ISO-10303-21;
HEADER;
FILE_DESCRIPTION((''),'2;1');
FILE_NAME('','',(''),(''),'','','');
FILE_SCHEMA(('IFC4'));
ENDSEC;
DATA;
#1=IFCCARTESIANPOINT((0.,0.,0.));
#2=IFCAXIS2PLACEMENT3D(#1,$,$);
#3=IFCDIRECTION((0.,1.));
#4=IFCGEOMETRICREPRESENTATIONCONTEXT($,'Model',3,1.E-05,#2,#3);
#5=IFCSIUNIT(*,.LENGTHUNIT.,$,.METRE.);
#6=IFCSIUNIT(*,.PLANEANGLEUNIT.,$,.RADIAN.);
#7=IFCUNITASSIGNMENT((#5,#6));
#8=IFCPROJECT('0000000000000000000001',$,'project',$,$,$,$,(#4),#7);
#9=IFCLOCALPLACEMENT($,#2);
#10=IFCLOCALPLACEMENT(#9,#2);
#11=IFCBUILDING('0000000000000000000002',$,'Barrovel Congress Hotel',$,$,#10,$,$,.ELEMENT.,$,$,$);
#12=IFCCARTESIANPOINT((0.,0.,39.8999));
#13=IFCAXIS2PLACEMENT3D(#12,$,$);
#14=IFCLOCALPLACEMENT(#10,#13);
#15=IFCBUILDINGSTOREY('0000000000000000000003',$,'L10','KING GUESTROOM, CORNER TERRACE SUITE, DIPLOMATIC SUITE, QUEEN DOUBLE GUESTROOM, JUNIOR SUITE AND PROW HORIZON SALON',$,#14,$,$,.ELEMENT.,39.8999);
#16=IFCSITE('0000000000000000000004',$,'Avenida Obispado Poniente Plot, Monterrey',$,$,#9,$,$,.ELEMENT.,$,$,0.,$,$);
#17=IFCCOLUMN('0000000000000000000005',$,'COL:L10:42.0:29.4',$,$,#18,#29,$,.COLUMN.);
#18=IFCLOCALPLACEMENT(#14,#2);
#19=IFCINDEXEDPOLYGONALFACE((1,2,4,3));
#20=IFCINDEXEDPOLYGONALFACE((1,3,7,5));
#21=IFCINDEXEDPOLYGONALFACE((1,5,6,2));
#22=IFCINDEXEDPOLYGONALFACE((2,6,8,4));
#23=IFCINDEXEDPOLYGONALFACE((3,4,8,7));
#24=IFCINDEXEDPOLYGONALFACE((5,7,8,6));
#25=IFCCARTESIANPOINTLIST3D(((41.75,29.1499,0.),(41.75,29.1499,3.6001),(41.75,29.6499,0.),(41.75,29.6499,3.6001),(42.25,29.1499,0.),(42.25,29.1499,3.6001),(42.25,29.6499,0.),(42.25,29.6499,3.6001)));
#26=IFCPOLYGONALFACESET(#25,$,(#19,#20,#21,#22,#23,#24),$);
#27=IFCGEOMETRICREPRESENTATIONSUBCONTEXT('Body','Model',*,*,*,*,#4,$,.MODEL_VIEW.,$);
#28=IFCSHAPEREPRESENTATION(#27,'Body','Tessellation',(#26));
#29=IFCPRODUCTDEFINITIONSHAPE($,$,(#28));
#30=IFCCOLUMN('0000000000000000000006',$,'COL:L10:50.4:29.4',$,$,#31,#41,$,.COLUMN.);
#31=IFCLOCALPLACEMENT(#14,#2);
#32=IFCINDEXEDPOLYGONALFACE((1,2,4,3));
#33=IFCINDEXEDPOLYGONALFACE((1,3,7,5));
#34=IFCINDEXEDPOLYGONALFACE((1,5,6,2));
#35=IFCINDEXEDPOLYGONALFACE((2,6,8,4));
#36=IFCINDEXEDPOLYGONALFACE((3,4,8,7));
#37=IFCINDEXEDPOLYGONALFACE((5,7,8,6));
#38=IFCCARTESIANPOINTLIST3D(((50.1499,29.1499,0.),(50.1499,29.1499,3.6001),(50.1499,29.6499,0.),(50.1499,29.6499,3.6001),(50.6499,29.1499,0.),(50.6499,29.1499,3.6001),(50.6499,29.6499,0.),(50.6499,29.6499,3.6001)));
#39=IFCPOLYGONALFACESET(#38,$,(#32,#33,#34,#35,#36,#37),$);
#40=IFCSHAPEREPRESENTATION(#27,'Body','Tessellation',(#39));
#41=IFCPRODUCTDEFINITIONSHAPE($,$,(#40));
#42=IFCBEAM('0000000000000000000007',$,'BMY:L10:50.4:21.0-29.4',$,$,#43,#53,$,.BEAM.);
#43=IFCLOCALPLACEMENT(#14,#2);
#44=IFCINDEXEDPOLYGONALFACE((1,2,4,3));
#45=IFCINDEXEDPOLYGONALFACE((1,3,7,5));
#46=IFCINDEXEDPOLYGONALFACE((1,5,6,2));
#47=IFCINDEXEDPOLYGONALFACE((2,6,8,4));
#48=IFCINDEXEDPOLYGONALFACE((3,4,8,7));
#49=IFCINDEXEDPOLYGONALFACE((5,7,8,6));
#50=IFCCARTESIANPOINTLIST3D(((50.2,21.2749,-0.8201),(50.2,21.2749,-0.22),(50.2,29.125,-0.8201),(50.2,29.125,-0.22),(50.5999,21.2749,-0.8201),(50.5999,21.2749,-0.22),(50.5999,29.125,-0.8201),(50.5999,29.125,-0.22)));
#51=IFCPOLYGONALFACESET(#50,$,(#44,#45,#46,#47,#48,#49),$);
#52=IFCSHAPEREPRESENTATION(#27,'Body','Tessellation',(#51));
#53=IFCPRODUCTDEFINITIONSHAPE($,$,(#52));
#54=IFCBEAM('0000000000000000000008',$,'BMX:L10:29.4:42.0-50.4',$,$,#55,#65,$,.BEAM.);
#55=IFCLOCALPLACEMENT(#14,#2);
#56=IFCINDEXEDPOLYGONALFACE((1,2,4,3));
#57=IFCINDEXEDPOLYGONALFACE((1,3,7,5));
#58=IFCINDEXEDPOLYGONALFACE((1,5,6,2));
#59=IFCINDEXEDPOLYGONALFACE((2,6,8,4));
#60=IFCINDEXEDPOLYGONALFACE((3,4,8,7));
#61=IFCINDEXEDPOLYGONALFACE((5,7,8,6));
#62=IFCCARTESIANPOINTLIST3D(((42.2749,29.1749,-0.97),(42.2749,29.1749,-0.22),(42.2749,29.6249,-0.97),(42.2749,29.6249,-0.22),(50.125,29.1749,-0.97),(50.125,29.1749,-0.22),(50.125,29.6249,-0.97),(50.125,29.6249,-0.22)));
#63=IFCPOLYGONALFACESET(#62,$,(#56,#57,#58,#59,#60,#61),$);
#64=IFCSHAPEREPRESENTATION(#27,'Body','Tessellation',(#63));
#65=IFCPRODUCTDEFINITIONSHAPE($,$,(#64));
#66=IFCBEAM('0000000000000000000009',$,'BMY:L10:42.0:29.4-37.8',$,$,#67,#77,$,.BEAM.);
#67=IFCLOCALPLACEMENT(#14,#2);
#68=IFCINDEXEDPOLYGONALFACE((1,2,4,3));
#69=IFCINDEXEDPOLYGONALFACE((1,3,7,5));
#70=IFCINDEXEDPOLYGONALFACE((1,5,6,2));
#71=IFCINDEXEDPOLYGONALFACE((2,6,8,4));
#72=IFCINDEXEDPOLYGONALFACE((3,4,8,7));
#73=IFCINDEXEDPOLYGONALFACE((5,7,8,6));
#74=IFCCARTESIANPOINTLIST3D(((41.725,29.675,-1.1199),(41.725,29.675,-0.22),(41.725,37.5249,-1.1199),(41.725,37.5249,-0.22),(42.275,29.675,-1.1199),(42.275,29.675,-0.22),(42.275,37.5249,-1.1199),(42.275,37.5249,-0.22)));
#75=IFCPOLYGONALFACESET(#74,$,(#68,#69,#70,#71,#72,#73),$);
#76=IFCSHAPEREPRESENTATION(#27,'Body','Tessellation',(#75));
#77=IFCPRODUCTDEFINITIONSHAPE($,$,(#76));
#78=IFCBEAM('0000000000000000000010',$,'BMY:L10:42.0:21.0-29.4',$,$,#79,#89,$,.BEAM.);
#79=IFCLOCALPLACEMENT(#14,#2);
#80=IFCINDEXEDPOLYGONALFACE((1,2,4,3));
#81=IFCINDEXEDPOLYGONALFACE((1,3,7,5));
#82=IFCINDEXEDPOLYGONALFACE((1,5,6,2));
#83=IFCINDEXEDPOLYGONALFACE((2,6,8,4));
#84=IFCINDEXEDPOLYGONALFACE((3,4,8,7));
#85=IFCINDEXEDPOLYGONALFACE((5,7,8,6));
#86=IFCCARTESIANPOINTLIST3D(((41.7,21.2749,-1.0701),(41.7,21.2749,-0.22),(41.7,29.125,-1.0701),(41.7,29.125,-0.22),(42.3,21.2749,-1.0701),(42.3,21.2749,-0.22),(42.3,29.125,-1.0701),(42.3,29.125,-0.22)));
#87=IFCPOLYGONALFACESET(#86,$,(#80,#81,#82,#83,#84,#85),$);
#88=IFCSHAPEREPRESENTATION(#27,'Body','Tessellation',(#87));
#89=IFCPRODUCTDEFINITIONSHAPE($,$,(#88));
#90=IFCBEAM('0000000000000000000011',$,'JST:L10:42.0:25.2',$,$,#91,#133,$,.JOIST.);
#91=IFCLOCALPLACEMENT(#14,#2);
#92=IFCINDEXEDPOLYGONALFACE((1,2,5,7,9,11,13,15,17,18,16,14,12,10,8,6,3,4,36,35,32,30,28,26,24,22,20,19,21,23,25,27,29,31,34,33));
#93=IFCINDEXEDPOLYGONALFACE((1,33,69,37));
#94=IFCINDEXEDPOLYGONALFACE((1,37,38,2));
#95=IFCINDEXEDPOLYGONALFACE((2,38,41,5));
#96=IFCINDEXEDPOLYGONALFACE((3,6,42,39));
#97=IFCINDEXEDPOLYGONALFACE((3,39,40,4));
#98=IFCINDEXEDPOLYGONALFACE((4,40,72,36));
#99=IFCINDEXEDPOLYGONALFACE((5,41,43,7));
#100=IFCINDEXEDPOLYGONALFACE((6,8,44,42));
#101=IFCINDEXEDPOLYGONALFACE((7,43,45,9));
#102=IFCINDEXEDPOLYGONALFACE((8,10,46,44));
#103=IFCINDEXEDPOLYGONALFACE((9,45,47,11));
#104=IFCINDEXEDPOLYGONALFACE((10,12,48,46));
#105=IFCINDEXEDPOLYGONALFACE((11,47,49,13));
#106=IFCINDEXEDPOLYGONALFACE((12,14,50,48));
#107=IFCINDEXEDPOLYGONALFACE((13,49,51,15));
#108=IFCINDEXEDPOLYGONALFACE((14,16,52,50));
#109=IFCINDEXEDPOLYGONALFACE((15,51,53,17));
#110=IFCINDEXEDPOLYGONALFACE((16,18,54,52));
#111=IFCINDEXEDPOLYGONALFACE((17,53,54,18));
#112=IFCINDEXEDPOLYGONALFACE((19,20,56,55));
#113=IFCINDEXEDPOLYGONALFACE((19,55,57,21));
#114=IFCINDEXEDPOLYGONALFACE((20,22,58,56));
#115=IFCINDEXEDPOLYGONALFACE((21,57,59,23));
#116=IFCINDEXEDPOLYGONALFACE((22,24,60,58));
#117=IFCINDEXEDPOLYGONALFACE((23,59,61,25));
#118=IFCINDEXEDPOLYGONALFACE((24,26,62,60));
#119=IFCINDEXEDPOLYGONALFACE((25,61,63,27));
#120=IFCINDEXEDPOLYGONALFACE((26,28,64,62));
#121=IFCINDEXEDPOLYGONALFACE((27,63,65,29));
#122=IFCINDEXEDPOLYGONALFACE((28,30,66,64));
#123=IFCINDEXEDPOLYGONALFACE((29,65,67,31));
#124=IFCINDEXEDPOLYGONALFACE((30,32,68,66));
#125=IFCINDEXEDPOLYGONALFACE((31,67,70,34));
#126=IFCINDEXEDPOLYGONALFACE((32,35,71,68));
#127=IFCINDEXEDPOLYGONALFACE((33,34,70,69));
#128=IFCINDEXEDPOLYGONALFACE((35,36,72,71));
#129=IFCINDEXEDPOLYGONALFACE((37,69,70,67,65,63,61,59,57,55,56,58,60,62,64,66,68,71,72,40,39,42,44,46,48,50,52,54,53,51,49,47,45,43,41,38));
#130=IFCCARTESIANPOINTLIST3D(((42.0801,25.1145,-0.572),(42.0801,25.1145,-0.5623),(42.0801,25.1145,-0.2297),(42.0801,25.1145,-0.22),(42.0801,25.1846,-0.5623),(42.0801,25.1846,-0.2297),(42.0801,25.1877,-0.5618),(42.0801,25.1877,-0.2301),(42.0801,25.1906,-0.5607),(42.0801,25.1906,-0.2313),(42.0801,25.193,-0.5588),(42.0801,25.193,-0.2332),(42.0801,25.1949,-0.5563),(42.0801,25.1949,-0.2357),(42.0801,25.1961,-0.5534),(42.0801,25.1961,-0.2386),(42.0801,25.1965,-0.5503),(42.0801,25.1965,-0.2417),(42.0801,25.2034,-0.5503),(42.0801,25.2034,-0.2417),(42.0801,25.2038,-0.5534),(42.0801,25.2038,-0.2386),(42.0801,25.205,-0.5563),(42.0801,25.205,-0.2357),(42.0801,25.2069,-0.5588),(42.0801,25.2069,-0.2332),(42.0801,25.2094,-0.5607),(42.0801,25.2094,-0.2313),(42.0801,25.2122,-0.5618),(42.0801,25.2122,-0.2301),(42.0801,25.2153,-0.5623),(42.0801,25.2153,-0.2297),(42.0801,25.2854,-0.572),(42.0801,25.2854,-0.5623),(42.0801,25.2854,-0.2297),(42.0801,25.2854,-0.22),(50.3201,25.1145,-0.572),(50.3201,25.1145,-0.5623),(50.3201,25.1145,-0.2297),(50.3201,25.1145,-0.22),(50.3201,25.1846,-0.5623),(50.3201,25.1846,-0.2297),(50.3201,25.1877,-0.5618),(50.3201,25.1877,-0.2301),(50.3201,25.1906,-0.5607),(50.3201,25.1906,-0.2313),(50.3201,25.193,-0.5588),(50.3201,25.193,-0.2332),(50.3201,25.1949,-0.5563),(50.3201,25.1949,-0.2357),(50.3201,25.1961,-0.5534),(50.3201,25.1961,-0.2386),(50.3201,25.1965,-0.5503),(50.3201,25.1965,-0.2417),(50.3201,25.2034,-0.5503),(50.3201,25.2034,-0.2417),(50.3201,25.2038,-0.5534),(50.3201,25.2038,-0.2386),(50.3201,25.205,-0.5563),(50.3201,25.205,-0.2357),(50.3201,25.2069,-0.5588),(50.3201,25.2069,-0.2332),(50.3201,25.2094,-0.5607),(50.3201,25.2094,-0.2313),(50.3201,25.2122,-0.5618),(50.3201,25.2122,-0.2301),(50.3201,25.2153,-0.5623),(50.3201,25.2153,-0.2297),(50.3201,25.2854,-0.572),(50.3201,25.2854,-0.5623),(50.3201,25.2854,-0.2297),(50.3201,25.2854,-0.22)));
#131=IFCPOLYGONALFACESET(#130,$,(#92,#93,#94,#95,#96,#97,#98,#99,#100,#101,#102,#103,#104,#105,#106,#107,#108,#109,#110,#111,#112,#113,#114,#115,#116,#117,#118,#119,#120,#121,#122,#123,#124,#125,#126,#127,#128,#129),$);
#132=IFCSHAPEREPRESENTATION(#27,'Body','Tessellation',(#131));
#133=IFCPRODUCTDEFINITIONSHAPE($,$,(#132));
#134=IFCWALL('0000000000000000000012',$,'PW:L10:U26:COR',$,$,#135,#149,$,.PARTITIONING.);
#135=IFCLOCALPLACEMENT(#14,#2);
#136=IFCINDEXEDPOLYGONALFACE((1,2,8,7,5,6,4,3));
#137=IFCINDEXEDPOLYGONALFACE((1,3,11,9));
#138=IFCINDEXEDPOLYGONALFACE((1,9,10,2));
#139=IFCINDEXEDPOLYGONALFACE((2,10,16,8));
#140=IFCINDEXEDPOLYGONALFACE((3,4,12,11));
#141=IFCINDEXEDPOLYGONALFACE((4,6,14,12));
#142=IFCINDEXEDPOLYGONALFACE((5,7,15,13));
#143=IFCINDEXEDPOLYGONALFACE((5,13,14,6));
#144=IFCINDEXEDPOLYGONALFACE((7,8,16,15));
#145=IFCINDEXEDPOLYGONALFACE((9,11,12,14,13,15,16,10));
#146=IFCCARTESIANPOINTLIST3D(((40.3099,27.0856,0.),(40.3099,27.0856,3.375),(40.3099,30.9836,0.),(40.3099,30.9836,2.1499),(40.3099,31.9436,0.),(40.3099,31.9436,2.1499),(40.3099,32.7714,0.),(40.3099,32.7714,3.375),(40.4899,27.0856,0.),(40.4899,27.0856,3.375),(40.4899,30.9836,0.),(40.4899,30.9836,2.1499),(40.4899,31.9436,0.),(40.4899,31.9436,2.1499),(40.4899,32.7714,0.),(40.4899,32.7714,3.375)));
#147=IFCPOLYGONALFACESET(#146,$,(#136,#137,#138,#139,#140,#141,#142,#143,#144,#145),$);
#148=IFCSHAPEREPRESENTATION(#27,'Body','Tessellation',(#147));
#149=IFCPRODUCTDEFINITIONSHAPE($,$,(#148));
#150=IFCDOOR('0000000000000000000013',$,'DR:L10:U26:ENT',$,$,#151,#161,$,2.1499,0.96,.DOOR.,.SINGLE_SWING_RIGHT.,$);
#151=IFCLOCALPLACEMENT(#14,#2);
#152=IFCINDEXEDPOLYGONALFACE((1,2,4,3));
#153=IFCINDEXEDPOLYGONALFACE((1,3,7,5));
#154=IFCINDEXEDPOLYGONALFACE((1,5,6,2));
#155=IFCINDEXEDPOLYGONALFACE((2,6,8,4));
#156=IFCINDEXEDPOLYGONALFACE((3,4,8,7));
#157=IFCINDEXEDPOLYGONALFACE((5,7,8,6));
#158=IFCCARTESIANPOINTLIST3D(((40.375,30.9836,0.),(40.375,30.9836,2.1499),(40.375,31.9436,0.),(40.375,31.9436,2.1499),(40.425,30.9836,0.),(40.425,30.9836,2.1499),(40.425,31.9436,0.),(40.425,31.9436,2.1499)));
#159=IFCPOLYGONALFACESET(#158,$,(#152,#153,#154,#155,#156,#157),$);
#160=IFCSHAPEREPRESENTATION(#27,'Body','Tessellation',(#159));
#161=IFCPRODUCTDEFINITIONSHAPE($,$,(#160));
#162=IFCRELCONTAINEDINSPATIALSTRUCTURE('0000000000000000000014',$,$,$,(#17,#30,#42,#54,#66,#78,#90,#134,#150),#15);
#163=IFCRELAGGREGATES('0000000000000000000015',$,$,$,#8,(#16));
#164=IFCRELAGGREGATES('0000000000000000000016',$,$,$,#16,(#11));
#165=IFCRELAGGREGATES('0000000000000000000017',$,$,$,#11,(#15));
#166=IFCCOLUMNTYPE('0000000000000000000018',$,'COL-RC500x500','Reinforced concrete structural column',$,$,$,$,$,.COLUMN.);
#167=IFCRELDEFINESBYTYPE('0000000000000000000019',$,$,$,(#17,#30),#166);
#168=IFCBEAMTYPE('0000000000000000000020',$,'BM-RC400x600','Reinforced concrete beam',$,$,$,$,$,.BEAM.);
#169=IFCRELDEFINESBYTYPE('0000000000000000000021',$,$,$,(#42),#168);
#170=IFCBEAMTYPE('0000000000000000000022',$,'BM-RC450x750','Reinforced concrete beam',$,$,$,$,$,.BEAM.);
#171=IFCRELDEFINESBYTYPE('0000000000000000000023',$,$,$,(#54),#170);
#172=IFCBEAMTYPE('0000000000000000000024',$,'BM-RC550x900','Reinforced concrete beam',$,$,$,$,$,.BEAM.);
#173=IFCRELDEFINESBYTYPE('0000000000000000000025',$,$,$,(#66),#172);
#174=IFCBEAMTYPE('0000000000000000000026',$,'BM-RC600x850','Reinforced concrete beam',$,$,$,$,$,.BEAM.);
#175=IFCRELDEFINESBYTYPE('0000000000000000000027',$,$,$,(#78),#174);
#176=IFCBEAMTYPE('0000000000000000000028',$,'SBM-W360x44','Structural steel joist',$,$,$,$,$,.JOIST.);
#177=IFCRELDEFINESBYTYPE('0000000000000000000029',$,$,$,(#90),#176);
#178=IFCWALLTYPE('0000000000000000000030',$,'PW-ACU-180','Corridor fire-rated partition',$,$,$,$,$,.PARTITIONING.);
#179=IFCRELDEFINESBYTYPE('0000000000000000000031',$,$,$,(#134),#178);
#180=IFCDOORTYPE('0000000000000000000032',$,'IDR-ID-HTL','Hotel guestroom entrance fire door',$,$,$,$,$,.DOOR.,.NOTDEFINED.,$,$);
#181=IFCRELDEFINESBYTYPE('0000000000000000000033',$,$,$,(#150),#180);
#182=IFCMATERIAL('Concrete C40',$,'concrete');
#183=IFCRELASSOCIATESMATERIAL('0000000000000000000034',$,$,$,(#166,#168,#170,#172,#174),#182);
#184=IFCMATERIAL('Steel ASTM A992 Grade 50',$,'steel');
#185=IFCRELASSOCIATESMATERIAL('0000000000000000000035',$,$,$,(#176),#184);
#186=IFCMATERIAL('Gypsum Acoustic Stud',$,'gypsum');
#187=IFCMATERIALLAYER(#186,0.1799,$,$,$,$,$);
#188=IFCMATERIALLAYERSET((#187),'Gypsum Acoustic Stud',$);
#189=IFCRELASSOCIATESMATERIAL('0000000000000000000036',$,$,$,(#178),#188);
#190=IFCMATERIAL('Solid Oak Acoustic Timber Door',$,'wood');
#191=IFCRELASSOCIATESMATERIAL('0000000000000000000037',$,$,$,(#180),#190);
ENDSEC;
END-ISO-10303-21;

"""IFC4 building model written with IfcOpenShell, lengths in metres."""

from ifc_helpers import new_model, si_unit, direction, frame, frame_2d, origin, origin_2d, place, context, subcontext, project, spatial, rectangle, i_section, extrude, material, layer, layer_set, material_profile, profile_set, type_object, element, fill, save


model = new_model("IFC4")

# Units and contexts
model_context = context("Model", 3, precision=1e-05, world=origin(), true_north=direction((0.0, 1.0)))
body_context = subcontext(model_context, "Body", "Model", "MODEL_VIEW")
ifc_project = project(units=[si_unit("LENGTHUNIT", "METRE"), si_unit("PLANEANGLEUNIT", "RADIAN")], contexts=[model_context])

# Site, building, storey
site_placement = place(None, origin())
site = spatial("IfcSite", under=ifc_project, at=site_placement, Name="Avenida Obispado Poniente Plot, Monterrey", CompositionType="ELEMENT", RefElevation=0.0)
building_placement = place(site_placement, origin())
building = spatial("IfcBuilding", under=site, at=building_placement, Name="Barrovel Congress Hotel", CompositionType="ELEMENT")
storey_placement = place(building_placement, frame((0.0, 0.0, 39.8999)))
storey = spatial("IfcBuildingStorey", under=building, at=storey_placement, Name="L10", Description="KING GUESTROOM, CORNER TERRACE SUITE, DIPLOMATIC SUITE, QUEEN DOUBLE GUESTROOM, JUNIOR SUITE AND PROW HORIZON SALON", CompositionType="ELEMENT", Elevation=39.8999)

# Columns
ifc_material_1 = material(Name="Concrete C40", Category="concrete")
ifc_material_profile_1 = material_profile(ifc_material_1, rectangle(XDim=0.5, YDim=0.5, at=origin_2d()), Name="RC500x500")
ifc_profile_set_1 = profile_set([ifc_material_profile_1], Name="Concrete C40")
column_type = type_object("IfcColumnType", Name="COL-RC500x500", Description="Reinforced concrete structural column", PredefinedType="COLUMN", material=ifc_profile_set_1)
for number, where, z_axis, x_axis, name in (
    (1, (42.0, 29.3999, 0.0), (0.0, 0.0, 1.0), (1.0, 0.0, 0.0), "COL:L10:42.0:29.4"),
    (2, (50.3999, 29.3999, 0.0), (0.0, 0.0, 1.0), (1.0, 0.0, 0.0), "COL:L10:50.4:29.4"),
):
    element("IfcColumn", number, at=place(storey_placement, frame(where, z_axis=z_axis, x_axis=x_axis)), inside=storey, type_object=column_type, Name=name, PredefinedType="COLUMN", context=body_context, shape_type="SweptSolid", body=[
        extrude(rectangle(XDim=0.5, YDim=0.5, at=origin_2d()), origin(), (0.0, 0.0, 1.0), 3.6001),
    ])

# Beams
ifc_material_profile_2 = material_profile(ifc_material_1, rectangle(XDim=0.3999, YDim=0.6001, at=origin_2d()), Name="RC400x600")
ifc_profile_set_2 = profile_set([ifc_material_profile_2], Name="Concrete C40")
beam_type_1 = type_object("IfcBeamType", Name="BM-RC400x600", Description="Reinforced concrete beam", PredefinedType="BEAM", material=ifc_profile_set_2)
beam_1_placement = place(storey_placement, frame((50.3999, 21.2749, -0.52), z_axis=(0.0, 1.0, 0.0), x_axis=(-1.0, 0.0, 0.0)))
element("IfcBeam", 3, at=beam_1_placement, inside=storey, type_object=beam_type_1, Name="BMY:L10:50.4:21.0-29.4", PredefinedType="BEAM", context=body_context, shape_type="SweptSolid", body=[
    extrude(rectangle(XDim=0.3999, YDim=0.6001, at=origin_2d()), origin(), (0.0, 0.0, 1.0), 7.8501),
])
ifc_material_profile_3 = material_profile(ifc_material_1, rectangle(XDim=0.45, YDim=0.75, at=origin_2d()), Name="RC450x750")
ifc_profile_set_3 = profile_set([ifc_material_profile_3], Name="Concrete C40")
beam_type_2 = type_object("IfcBeamType", Name="BM-RC450x750", Description="Reinforced concrete beam", PredefinedType="BEAM", material=ifc_profile_set_3)
beam_2_placement = place(storey_placement, frame((42.2749, 29.3999, -0.595), z_axis=(1.0, 0.0, 0.0), x_axis=(0.0, 1.0, 0.0)))
element("IfcBeam", 4, at=beam_2_placement, inside=storey, type_object=beam_type_2, Name="BMX:L10:29.4:42.0-50.4", PredefinedType="BEAM", context=body_context, shape_type="SweptSolid", body=[
    extrude(rectangle(XDim=0.45, YDim=0.75, at=origin_2d()), origin(), (0.0, 0.0, 1.0), 7.8501),
])
ifc_material_profile_4 = material_profile(ifc_material_1, rectangle(XDim=0.55, YDim=0.8999, at=origin_2d()), Name="RC550x900")
ifc_profile_set_4 = profile_set([ifc_material_profile_4], Name="Concrete C40")
beam_type_3 = type_object("IfcBeamType", Name="BM-RC550x900", Description="Reinforced concrete beam", PredefinedType="BEAM", material=ifc_profile_set_4)
beam_3_placement = place(storey_placement, frame((42.0, 29.675, -0.6699), z_axis=(0.0, 1.0, 0.0), x_axis=(-1.0, 0.0, 0.0)))
element("IfcBeam", 5, at=beam_3_placement, inside=storey, type_object=beam_type_3, Name="BMY:L10:42.0:29.4-37.8", PredefinedType="BEAM", context=body_context, shape_type="SweptSolid", body=[
    extrude(rectangle(XDim=0.55, YDim=0.8999, at=origin_2d()), origin(), (0.0, 0.0, 1.0), 7.8499),
])
ifc_material_profile_5 = material_profile(ifc_material_1, rectangle(XDim=0.6001, YDim=0.8501, at=origin_2d()), Name="RC600x850")
ifc_profile_set_5 = profile_set([ifc_material_profile_5], Name="Concrete C40")
beam_type_4 = type_object("IfcBeamType", Name="BM-RC600x850", Description="Reinforced concrete beam", PredefinedType="BEAM", material=ifc_profile_set_5)
beam_4_placement = place(storey_placement, frame((42.0, 21.2749, -0.645), z_axis=(0.0, 1.0, 0.0), x_axis=(-1.0, 0.0, 0.0)))
element("IfcBeam", 6, at=beam_4_placement, inside=storey, type_object=beam_type_4, Name="BMY:L10:42.0:21.0-29.4", PredefinedType="BEAM", context=body_context, shape_type="SweptSolid", body=[
    extrude(rectangle(XDim=0.6001, YDim=0.8501, at=origin_2d()), origin(), (0.0, 0.0, 1.0), 7.8501),
])
ifc_material_2 = material(Name="Steel ASTM A992 Grade 50", Category="steel")
ifc_material_profile_6 = material_profile(ifc_material_2, i_section(OverallWidth=0.1709, OverallDepth=0.3521, WebThickness=0.0068, FlangeThickness=0.0098, FilletRadius=0.012, at=origin_2d()), Name="W360x44")
ifc_profile_set_6 = profile_set([ifc_material_profile_6], Name="Steel ASTM A992 Grade 50")
beam_type_5 = type_object("IfcBeamType", Name="SBM-W360x44", Description="Structural steel joist", PredefinedType="JOIST", material=ifc_profile_set_6)
beam_5_placement = place(storey_placement, frame((42.0801, 25.2, -0.396), z_axis=(1.0, 0.0, 0.0), x_axis=(0.0, 1.0, 0.0)))
element("IfcBeam", 7, at=beam_5_placement, inside=storey, type_object=beam_type_5, Name="JST:L10:42.0:25.2", PredefinedType="JOIST", context=body_context, shape_type="SweptSolid", body=[
    extrude(i_section(OverallWidth=0.1709, OverallDepth=0.3521, WebThickness=0.0068, FlangeThickness=0.0098, FilletRadius=0.012, at=origin_2d()), origin(), (0.0, 0.0, 1.0), 8.24),
])

# Wall, opening, door
ifc_material_3 = material(Name="Gypsum Acoustic Stud", Category="gypsum")
ifc_layer_1 = layer(ifc_material_3, 0.1799)
ifc_layer_set_1 = layer_set([ifc_layer_1], Name="Gypsum Acoustic Stud")
wall_type_1 = type_object("IfcWallType", Name="PW-ACU-180", Description="Corridor fire-rated partition", PredefinedType="PARTITIONING", material=ifc_layer_set_1)
wall_1_placement = place(storey_placement, frame((40.3999, 27.0857, 0.0), z_axis=(0.0, 0.0, 1.0), x_axis=(0.0, 1.0, 0.0)))
wall_1 = element("IfcWall", 8, at=wall_1_placement, inside=storey, type_object=wall_type_1, Name="PW:L10:U26:COR", PredefinedType="PARTITIONING", context=body_context, shape_type="SweptSolid", body=[
    extrude(rectangle(XDim=5.6858, YDim=0.1799, at=frame_2d((2.8428, 0.0))), origin(), (0.0, 0.0, 1.0), 3.375),
])
opening_1_placement = place(wall_1_placement, frame((3.8979, 0.0, 0.0)))
opening_1 = element("IfcOpeningElement", 9, at=opening_1_placement, cuts=wall_1, PredefinedType="OPENING", context=body_context, shape_type="SweptSolid", body=[
    extrude(rectangle(XDim=0.96, YDim=2.1499, at=frame_2d((0.48, 1.075))), frame((0.0, 0.1001, 0.0), z_axis=(0.0, -1.0, 0.0), x_axis=(1.0, 0.0, 0.0)), (0.0, 0.0, 1.0), 0.2),
])
ifc_material_4 = material(Name="Solid Oak Acoustic Timber Door", Category="wood")
door_type_1 = type_object("IfcDoorType", Name="IDR-ID-HTL", Description="Hotel guestroom entrance fire door", OperationType="NOTDEFINED", PredefinedType="DOOR", material=ifc_material_4)
door_1_placement = place(opening_1_placement, origin())
door_1 = element("IfcDoor", 10, at=door_1_placement, inside=storey, type_object=door_type_1, Name="DR:L10:U26:ENT", OperationType="SINGLE_SWING_RIGHT", OverallHeight=2.1499, OverallWidth=0.96, PredefinedType="DOOR", context=body_context, shape_type="SweptSolid", body=[
    extrude(rectangle(XDim=0.96, YDim=2.1499, at=frame_2d((0.48, 1.075))), frame((0.0, 0.0249, 0.0), z_axis=(0.0, -1.0, 0.0), x_axis=(1.0, 0.0, 0.0)), (0.0, 0.0, 1.0), 0.05),
])
fill(opening_1, door_1)

save(model, "model.ifc")
